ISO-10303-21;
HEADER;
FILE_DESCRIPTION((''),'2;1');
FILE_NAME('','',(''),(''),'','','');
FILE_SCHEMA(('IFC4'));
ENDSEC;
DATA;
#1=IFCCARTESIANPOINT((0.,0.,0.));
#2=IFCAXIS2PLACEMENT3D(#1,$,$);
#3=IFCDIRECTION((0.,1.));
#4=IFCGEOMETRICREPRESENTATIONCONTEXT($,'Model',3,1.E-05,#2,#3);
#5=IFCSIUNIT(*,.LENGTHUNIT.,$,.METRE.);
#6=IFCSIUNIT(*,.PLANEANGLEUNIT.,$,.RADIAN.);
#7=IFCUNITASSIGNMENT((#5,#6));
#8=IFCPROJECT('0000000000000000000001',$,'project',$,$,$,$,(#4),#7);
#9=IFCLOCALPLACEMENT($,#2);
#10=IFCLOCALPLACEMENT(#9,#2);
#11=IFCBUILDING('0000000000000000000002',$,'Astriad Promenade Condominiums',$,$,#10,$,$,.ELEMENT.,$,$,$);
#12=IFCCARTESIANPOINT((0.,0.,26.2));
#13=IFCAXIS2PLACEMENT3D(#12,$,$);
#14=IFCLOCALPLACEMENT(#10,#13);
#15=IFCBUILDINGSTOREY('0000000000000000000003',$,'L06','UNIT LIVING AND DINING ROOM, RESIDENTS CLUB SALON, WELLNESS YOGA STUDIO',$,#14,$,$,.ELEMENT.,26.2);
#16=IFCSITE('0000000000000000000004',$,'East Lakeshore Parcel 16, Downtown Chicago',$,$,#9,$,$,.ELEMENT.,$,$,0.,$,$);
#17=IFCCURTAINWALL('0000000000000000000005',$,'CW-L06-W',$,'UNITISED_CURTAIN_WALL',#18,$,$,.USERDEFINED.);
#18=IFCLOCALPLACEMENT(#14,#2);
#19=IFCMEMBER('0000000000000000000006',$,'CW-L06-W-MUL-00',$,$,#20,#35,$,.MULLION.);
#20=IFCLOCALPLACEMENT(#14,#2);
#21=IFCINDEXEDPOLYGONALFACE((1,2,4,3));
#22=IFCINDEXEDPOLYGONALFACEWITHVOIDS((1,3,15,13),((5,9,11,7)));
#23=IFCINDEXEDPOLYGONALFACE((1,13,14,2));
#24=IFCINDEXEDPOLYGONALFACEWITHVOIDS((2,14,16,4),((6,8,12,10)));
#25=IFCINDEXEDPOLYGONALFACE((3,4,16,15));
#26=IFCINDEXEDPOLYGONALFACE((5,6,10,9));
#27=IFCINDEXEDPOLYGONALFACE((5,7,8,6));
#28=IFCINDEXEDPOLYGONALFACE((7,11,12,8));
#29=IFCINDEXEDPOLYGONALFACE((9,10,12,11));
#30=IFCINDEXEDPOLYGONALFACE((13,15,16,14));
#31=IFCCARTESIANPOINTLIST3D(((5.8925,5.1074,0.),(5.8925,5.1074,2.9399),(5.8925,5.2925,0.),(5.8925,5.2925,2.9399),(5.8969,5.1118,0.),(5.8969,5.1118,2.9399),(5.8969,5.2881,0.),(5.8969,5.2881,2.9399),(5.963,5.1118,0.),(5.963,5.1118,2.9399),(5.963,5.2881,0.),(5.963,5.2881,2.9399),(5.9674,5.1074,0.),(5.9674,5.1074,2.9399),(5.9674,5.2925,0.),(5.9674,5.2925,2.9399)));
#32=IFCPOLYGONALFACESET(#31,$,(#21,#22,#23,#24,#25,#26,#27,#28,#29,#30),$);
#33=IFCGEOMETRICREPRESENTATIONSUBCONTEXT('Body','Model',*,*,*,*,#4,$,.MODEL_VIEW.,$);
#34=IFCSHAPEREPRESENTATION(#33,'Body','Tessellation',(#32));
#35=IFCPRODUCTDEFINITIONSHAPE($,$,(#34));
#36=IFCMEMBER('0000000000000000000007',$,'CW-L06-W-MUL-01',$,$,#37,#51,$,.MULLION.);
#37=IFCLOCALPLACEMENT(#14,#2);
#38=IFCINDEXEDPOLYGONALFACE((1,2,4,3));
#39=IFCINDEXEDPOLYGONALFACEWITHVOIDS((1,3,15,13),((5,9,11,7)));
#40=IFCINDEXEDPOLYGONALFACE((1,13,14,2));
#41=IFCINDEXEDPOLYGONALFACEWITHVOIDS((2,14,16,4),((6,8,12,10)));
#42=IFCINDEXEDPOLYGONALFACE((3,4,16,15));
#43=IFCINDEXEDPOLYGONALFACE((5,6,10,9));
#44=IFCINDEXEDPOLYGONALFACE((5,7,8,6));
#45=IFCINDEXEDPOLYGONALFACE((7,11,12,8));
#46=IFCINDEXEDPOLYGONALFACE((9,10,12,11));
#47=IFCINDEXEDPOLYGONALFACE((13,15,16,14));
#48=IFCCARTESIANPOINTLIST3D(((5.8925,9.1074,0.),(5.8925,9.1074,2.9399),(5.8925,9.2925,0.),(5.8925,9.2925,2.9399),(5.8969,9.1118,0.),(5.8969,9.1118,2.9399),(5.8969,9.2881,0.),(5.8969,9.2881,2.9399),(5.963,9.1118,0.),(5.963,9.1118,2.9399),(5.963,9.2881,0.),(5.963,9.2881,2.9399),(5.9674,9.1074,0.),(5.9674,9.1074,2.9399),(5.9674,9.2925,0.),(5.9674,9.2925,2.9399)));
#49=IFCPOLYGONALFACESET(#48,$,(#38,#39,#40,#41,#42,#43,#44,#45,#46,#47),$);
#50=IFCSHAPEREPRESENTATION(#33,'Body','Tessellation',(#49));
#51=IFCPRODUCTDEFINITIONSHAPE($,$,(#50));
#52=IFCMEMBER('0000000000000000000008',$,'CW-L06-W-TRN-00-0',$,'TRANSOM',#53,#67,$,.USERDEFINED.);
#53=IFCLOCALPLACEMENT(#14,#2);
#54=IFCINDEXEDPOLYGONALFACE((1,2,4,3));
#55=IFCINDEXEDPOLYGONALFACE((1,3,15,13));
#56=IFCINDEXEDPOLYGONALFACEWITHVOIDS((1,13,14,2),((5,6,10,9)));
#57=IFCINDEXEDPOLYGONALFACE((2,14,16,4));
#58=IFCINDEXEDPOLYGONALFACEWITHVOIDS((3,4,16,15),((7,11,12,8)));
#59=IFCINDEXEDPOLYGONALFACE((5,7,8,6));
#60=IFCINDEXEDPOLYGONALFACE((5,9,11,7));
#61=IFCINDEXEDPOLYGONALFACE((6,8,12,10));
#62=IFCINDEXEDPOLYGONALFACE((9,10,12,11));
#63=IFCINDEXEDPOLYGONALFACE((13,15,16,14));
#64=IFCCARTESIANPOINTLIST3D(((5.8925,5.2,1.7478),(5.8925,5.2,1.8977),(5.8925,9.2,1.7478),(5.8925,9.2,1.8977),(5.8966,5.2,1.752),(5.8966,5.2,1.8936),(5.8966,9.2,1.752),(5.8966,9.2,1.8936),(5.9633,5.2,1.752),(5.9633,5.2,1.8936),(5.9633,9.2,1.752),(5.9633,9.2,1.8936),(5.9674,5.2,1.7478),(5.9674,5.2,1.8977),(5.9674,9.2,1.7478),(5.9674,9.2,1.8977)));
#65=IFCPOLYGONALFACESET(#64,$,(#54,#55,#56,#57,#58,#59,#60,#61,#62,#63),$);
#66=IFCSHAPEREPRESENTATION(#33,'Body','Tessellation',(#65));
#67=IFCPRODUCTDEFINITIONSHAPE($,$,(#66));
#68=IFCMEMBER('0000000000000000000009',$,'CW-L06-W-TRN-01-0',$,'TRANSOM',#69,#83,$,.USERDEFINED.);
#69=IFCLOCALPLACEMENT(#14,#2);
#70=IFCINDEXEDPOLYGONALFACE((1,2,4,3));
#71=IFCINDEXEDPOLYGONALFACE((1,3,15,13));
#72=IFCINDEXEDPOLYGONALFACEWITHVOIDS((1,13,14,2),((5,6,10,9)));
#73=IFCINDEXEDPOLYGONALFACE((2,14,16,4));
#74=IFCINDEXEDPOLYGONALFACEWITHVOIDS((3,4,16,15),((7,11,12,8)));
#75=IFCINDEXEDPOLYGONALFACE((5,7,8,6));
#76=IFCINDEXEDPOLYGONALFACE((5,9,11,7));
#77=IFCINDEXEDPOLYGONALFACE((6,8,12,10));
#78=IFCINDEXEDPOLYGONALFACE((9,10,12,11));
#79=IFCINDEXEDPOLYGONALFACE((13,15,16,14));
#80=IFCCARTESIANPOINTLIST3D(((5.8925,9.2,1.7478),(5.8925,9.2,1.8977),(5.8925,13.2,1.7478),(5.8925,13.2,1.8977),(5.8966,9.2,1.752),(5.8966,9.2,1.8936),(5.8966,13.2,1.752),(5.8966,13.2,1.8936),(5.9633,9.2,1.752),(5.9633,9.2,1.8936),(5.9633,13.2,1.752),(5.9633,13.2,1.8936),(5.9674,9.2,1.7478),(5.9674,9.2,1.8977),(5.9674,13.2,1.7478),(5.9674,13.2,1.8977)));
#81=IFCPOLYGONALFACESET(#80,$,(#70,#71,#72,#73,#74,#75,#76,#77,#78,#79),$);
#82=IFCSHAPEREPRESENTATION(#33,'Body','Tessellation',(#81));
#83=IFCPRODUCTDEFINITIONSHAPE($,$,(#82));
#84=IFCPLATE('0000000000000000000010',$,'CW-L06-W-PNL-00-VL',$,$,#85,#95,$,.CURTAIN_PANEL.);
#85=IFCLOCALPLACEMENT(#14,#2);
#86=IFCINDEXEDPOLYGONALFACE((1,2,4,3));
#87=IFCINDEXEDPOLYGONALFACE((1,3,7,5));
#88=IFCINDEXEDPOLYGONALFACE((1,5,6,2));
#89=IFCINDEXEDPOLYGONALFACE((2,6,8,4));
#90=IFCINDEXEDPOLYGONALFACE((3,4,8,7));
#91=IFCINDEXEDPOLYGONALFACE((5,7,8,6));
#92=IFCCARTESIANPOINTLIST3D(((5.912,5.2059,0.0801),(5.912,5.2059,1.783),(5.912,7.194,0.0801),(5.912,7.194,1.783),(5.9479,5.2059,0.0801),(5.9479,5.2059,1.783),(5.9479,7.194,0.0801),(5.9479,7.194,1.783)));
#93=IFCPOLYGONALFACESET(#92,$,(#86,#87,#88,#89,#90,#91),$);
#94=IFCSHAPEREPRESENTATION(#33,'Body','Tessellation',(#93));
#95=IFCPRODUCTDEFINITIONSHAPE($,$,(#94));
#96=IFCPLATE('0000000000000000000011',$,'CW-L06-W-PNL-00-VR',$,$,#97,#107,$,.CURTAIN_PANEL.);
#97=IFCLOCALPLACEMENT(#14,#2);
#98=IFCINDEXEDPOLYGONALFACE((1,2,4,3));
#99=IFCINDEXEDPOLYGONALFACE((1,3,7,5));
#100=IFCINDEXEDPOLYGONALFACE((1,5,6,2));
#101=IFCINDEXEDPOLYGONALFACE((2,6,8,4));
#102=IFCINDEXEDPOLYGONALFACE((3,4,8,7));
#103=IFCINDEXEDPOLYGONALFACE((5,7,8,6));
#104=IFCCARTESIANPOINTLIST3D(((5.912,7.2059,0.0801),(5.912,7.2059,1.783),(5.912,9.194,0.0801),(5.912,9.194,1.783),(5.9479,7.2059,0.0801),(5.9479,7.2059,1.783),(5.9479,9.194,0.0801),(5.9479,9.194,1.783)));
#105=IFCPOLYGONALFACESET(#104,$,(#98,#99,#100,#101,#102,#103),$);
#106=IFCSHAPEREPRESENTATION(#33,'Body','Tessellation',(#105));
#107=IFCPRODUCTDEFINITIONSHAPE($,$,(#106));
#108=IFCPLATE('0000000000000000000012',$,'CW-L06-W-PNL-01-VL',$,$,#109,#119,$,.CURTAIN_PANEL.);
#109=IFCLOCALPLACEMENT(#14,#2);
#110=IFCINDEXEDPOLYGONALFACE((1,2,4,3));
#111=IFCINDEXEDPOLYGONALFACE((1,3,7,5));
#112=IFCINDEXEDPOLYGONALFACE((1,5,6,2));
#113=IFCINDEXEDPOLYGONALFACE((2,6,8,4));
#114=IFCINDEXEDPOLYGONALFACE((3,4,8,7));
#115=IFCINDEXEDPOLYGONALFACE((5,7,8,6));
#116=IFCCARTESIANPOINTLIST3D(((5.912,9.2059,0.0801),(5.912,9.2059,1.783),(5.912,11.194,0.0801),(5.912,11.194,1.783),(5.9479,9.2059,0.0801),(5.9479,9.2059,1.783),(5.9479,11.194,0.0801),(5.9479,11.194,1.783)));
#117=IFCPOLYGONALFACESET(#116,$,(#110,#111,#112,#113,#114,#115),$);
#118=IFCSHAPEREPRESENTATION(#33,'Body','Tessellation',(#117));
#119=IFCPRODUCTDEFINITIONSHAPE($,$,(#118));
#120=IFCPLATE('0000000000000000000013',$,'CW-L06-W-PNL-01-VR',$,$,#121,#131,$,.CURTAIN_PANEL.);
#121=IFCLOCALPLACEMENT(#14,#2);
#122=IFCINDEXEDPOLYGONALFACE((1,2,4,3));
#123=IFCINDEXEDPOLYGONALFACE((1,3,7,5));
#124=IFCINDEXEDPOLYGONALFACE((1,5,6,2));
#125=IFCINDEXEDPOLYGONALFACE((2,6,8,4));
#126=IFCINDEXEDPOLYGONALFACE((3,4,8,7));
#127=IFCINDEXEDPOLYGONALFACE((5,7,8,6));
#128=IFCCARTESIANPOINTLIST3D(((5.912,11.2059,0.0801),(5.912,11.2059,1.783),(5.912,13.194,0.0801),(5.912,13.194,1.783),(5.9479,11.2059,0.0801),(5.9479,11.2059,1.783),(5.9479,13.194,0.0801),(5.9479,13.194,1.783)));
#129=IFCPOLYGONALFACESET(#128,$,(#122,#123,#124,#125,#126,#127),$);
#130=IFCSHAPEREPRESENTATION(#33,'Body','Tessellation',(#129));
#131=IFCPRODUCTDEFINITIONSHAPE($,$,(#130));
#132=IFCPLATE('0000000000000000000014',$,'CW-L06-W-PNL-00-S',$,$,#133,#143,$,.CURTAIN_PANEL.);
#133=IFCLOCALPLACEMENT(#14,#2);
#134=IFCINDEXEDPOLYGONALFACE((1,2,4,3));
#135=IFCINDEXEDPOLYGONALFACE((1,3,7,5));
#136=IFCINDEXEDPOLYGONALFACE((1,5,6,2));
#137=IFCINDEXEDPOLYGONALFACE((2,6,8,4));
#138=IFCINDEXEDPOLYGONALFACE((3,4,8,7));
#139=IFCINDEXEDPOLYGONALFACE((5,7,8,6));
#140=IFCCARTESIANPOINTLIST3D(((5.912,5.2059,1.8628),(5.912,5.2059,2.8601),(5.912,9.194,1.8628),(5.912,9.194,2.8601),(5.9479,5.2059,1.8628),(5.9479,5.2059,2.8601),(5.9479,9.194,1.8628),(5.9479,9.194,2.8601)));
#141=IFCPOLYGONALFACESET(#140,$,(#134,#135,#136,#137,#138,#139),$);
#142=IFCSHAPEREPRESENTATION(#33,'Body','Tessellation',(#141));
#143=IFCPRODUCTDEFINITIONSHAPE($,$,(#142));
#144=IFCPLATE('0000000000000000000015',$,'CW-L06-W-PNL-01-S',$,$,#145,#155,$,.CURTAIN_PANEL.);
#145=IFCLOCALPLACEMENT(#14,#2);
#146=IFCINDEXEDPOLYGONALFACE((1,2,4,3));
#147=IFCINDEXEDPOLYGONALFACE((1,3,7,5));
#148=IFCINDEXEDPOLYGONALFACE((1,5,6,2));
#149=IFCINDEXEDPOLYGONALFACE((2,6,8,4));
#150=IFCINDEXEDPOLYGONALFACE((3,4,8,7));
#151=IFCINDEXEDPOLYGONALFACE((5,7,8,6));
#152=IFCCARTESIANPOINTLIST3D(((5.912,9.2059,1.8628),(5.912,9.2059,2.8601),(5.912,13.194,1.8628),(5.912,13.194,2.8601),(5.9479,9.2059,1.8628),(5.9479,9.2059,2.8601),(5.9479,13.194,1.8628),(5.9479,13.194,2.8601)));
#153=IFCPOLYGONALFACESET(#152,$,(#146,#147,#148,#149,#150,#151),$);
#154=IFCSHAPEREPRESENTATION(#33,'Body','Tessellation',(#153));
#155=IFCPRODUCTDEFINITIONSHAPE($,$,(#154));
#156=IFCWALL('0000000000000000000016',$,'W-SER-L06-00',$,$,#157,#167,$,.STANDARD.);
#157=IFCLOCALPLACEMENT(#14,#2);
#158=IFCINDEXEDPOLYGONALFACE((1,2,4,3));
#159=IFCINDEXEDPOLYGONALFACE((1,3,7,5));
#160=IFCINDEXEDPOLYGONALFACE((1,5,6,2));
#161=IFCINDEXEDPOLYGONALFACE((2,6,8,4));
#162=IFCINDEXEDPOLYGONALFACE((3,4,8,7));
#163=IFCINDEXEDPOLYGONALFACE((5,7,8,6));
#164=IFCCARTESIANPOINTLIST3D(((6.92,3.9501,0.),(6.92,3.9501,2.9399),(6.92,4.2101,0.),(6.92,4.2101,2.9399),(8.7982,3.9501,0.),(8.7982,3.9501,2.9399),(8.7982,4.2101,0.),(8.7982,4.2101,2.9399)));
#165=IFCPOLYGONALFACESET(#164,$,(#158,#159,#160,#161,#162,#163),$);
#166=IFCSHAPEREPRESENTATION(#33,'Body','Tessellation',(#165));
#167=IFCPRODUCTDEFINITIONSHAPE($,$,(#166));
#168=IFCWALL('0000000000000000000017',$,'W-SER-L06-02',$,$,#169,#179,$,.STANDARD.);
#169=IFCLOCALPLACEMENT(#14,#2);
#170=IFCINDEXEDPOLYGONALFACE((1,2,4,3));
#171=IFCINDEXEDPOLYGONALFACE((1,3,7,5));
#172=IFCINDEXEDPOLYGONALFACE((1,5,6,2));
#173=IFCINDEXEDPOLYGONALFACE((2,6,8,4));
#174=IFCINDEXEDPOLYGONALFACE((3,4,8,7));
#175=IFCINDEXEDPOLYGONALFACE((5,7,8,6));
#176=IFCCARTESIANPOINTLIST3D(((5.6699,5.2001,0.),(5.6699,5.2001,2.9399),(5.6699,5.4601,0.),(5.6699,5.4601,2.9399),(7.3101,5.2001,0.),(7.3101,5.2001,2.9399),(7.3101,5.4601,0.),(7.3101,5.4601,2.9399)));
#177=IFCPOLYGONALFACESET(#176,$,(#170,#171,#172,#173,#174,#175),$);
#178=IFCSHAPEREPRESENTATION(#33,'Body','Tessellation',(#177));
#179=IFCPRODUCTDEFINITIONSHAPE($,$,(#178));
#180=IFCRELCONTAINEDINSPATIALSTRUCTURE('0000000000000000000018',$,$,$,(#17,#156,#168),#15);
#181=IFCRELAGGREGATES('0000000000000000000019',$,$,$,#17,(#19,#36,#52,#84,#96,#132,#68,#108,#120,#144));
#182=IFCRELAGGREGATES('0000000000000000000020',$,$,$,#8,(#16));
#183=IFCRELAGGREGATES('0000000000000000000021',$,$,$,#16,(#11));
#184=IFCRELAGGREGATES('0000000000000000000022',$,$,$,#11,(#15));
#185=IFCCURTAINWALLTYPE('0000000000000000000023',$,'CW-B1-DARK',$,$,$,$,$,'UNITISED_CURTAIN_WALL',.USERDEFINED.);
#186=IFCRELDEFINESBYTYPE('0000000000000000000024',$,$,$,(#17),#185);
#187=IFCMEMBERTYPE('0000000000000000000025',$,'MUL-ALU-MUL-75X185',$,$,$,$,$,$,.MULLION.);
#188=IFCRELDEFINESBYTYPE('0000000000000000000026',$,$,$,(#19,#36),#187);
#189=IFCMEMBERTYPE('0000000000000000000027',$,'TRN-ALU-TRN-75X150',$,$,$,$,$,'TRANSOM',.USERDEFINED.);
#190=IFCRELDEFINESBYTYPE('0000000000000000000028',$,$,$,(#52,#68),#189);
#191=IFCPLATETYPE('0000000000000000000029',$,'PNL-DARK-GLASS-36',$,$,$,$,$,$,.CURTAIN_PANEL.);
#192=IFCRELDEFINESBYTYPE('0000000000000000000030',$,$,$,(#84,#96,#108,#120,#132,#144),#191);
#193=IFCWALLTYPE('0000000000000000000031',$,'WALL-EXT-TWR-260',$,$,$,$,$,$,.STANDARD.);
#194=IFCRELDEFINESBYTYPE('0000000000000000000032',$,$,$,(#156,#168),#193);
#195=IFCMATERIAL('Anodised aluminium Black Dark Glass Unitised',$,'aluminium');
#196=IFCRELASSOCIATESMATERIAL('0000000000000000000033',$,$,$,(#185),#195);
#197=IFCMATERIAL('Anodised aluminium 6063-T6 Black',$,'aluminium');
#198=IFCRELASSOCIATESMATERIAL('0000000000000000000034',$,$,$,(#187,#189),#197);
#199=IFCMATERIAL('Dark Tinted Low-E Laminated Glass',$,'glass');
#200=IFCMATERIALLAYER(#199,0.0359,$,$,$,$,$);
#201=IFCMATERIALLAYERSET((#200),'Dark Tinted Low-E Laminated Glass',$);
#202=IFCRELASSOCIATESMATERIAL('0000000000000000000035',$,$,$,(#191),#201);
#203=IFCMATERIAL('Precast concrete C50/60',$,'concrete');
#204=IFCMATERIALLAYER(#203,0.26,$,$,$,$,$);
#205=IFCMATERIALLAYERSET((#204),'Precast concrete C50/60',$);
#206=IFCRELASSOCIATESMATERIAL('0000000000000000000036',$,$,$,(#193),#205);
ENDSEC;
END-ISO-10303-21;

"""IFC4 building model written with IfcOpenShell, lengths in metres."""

from ifc_helpers import new_model, si_unit, direction, frame, frame_2d, origin, origin_2d, place, context, subcontext, project, spatial, rectangle, hollow_rectangle, extrude, source, transform, mapped, material, layer, layer_set, material_profile, profile_set, type_object, type_shapes, element, aggregate, save


model = new_model("IFC4")

# Units and contexts
model_context = context("Model", 3, precision=1e-05, world=origin(), true_north=direction((0.0, 1.0)))
body_context = subcontext(model_context, "Body", "Model", "MODEL_VIEW")
ifc_project = project(units=[si_unit("LENGTHUNIT", "METRE"), si_unit("PLANEANGLEUNIT", "RADIAN")], contexts=[model_context])

# Site, building, storey
site_placement = place(None, origin())
site = spatial("IfcSite", under=ifc_project, at=site_placement, Name="East Lakeshore Parcel 16, Downtown Chicago", CompositionType="ELEMENT", RefElevation=0.0)
building_placement = place(site_placement, origin())
building = spatial("IfcBuilding", under=site, at=building_placement, Name="Astriad Promenade Condominiums", CompositionType="ELEMENT")
storey_placement = place(building_placement, frame((0.0, 0.0, 26.2)))
storey = spatial("IfcBuildingStorey", under=building, at=storey_placement, Name="L06", Description="UNIT LIVING AND DINING ROOM, RESIDENTS CLUB SALON, WELLNESS YOGA STUDIO", CompositionType="ELEMENT", Elevation=26.2)

# Curtain wall, members, plates
ifc_material_1 = material(Name="Anodised aluminium Black Dark Glass Unitised", Category="aluminium")
curtain_wall_type = type_object("IfcCurtainWallType", Name="CW-B1-DARK", ElementType="UNITISED_CURTAIN_WALL", PredefinedType="USERDEFINED", material=ifc_material_1)
curtain_wall_placement = place(storey_placement, origin())
curtain_wall = element("IfcCurtainWall", 1, at=curtain_wall_placement, inside=storey, type_object=curtain_wall_type, Name="CW-L06-W", ObjectType="UNITISED_CURTAIN_WALL", PredefinedType="USERDEFINED")
ifc_material_2 = material(Name="Anodised aluminium 6063-T6 Black", Category="aluminium")
ifc_material_profile_1 = material_profile(ifc_material_2, hollow_rectangle(XDim=0.075, YDim=0.1851, WallThickness=0.0044, at=origin_2d()), Name="ALU-MUL-75X185")
ifc_profile_set_1 = profile_set([ifc_material_profile_1], Name="Anodised aluminium 6063-T6 Black")
member_type_1 = type_object("IfcMemberType", Name="MUL-ALU-MUL-75X185", PredefinedType="MULLION", material=ifc_profile_set_1)
shared_shape_1 = source(origin(), body_context, "Body", "SweptSolid", [
    extrude(hollow_rectangle(XDim=0.075, YDim=0.1851, WallThickness=0.0044, at=origin_2d()), origin(), (0.0, 0.0, 1.0), 2.9399),
])
type_shapes(member_type_1, [shared_shape_1])
member_1_placement = place(storey_placement, frame((5.9299, 5.2, 0.0), z_axis=(0.0, 0.0, 1.0), x_axis=(1.0, 0.0, 0.0)))
member_1 = element("IfcMember", 2, at=member_1_placement, type_object=member_type_1, Name="CW-L06-W-MUL-00", PredefinedType="MULLION", context=body_context, shape_type="MappedRepresentation", body=[
    mapped(shared_shape_1, transform((0.0, 0.0, 0.0), scale=1.0)),
])
member_2_placement = place(storey_placement, frame((5.9299, 9.2, 0.0), z_axis=(0.0, 0.0, 1.0), x_axis=(1.0, 0.0, 0.0)))
member_2 = element("IfcMember", 3, at=member_2_placement, type_object=member_type_1, Name="CW-L06-W-MUL-01", PredefinedType="MULLION", context=body_context, shape_type="MappedRepresentation", body=[
    mapped(shared_shape_1, transform((0.0, 0.0, 0.0), scale=1.0)),
])
ifc_material_profile_2 = material_profile(ifc_material_2, hollow_rectangle(XDim=0.075, YDim=0.1499, WallThickness=0.0042, at=origin_2d()), Name="ALU-TRN-75X150")
ifc_profile_set_2 = profile_set([ifc_material_profile_2], Name="Anodised aluminium 6063-T6 Black")
member_type_2 = type_object("IfcMemberType", Name="TRN-ALU-TRN-75X150", ElementType="TRANSOM", PredefinedType="USERDEFINED", material=ifc_profile_set_2)
shared_shape_2 = source(origin(), body_context, "Body", "SweptSolid", [
    extrude(hollow_rectangle(XDim=0.075, YDim=0.1499, WallThickness=0.0042, at=origin_2d()), origin(), (0.0, 0.0, 1.0), 4.0),
])
type_shapes(member_type_2, [shared_shape_2])
member_3_placement = place(storey_placement, frame((5.9299, 5.2, 1.8228), z_axis=(0.0, 1.0, 0.0), x_axis=(-1.0, 0.0, 0.0)))
member_3 = element("IfcMember", 4, at=member_3_placement, type_object=member_type_2, Name="CW-L06-W-TRN-00-0", ObjectType="TRANSOM", PredefinedType="USERDEFINED", context=body_context, shape_type="MappedRepresentation", body=[
    mapped(shared_shape_2, transform((0.0, 0.0, 0.0), scale=1.0)),
])
member_4_placement = place(storey_placement, frame((5.9299, 9.2, 1.8228), z_axis=(0.0, 1.0, 0.0), x_axis=(-1.0, 0.0, 0.0)))
member_4 = element("IfcMember", 5, at=member_4_placement, type_object=member_type_2, Name="CW-L06-W-TRN-01-0", ObjectType="TRANSOM", PredefinedType="USERDEFINED", context=body_context, shape_type="MappedRepresentation", body=[
    mapped(shared_shape_2, transform((0.0, 0.0, 0.0), scale=1.0)),
])
ifc_material_3 = material(Name="Dark Tinted Low-E Laminated Glass", Category="glass")
ifc_layer_1 = layer(ifc_material_3, 0.0359)
ifc_layer_set_1 = layer_set([ifc_layer_1], Name="Dark Tinted Low-E Laminated Glass")
plate_type = type_object("IfcPlateType", Name="PNL-DARK-GLASS-36", PredefinedType="CURTAIN_PANEL", material=ifc_layer_set_1)
shared_shape_3 = source(origin(), body_context, "Body", "SweptSolid", [
    extrude(rectangle(XDim=1.988, YDim=0.0359, at=origin_2d()), origin(), (0.0, 0.0, 1.0), 1.7029),
])
plate_1_placement = place(storey_placement, frame((5.9299, 6.2, 0.0801), z_axis=(0.0, 0.0, 1.0), x_axis=(0.0, 1.0, 0.0)))
plate_1 = element("IfcPlate", 6, at=plate_1_placement, type_object=plate_type, Name="CW-L06-W-PNL-00-VL", PredefinedType="CURTAIN_PANEL", context=body_context, shape_type="MappedRepresentation", body=[
    mapped(shared_shape_3, transform((0.0, 0.0, 0.0), scale=1.0)),
])
plate_2_placement = place(storey_placement, frame((5.9299, 8.2, 0.0801), z_axis=(0.0, 0.0, 1.0), x_axis=(0.0, 1.0, 0.0)))
plate_2 = element("IfcPlate", 7, at=plate_2_placement, type_object=plate_type, Name="CW-L06-W-PNL-00-VR", PredefinedType="CURTAIN_PANEL", context=body_context, shape_type="MappedRepresentation", body=[
    mapped(shared_shape_3, transform((0.0, 0.0, 0.0), scale=1.0)),
])
plate_3_placement = place(storey_placement, frame((5.9299, 10.2, 0.0801), z_axis=(0.0, 0.0, 1.0), x_axis=(0.0, 1.0, 0.0)))
plate_3 = element("IfcPlate", 8, at=plate_3_placement, type_object=plate_type, Name="CW-L06-W-PNL-01-VL", PredefinedType="CURTAIN_PANEL", context=body_context, shape_type="MappedRepresentation", body=[
    mapped(shared_shape_3, transform((0.0, 0.0, 0.0), scale=1.0)),
])
plate_4_placement = place(storey_placement, frame((5.9299, 12.2, 0.0801), z_axis=(0.0, 0.0, 1.0), x_axis=(0.0, 1.0, 0.0)))
plate_4 = element("IfcPlate", 9, at=plate_4_placement, type_object=plate_type, Name="CW-L06-W-PNL-01-VR", PredefinedType="CURTAIN_PANEL", context=body_context, shape_type="MappedRepresentation", body=[
    mapped(shared_shape_3, transform((0.0, 0.0, 0.0), scale=1.0)),
])
shared_shape_4 = source(origin(), body_context, "Body", "SweptSolid", [
    extrude(rectangle(XDim=3.988, YDim=0.0359, at=origin_2d()), origin(), (0.0, 0.0, 1.0), 0.9973),
])
type_shapes(plate_type, [shared_shape_3, shared_shape_4])
plate_5_placement = place(storey_placement, frame((5.9299, 7.2, 1.8628), z_axis=(0.0, 0.0, 1.0), x_axis=(0.0, 1.0, 0.0)))
plate_5 = element("IfcPlate", 10, at=plate_5_placement, type_object=plate_type, Name="CW-L06-W-PNL-00-S", PredefinedType="CURTAIN_PANEL", context=body_context, shape_type="MappedRepresentation", body=[
    mapped(shared_shape_4, transform((0.0, 0.0, 0.0), scale=1.0)),
])
plate_6_placement = place(storey_placement, frame((5.9299, 11.2, 1.8628), z_axis=(0.0, 0.0, 1.0), x_axis=(0.0, 1.0, 0.0)))
plate_6 = element("IfcPlate", 11, at=plate_6_placement, type_object=plate_type, Name="CW-L06-W-PNL-01-S", PredefinedType="CURTAIN_PANEL", context=body_context, shape_type="MappedRepresentation", body=[
    mapped(shared_shape_4, transform((0.0, 0.0, 0.0), scale=1.0)),
])
aggregate(curtain_wall, [member_1, member_2, member_3, plate_1, plate_2, plate_5, member_4, plate_3, plate_4, plate_6])

# Walls
ifc_material_4 = material(Name="Precast concrete C50/60", Category="concrete")
ifc_layer_2 = layer(ifc_material_4, 0.26)
ifc_layer_set_2 = layer_set([ifc_layer_2], Name="Precast concrete C50/60")
wall_type_1 = type_object("IfcWallType", Name="WALL-EXT-TWR-260", PredefinedType="STANDARD", material=ifc_layer_set_2)
wall_1_placement = place(storey_placement, frame((8.7981, 4.0801, 0.0), z_axis=(0.0, 0.0, 1.0), x_axis=(-1.0, 0.0, 0.0)))
element("IfcWall", 12, at=wall_1_placement, inside=storey, type_object=wall_type_1, Name="W-SER-L06-00", PredefinedType="STANDARD", context=body_context, shape_type="SweptSolid", body=[
    extrude(rectangle(XDim=1.8782, YDim=0.26, at=frame_2d((0.939, 0.0))), origin(), (0.0, 0.0, 1.0), 2.9399),
])
wall_2_placement = place(storey_placement, frame((7.3101, 5.3301, 0.0), z_axis=(0.0, 0.0, 1.0), x_axis=(-1.0, 0.0, 0.0)))
element("IfcWall", 13, at=wall_2_placement, inside=storey, type_object=wall_type_1, Name="W-SER-L06-02", PredefinedType="STANDARD", context=body_context, shape_type="SweptSolid", body=[
    extrude(rectangle(XDim=1.6401, YDim=0.26, at=frame_2d((0.8201, 0.0))), origin(), (0.0, 0.0, 1.0), 2.9399),
])

save(model, "model.ifc")
